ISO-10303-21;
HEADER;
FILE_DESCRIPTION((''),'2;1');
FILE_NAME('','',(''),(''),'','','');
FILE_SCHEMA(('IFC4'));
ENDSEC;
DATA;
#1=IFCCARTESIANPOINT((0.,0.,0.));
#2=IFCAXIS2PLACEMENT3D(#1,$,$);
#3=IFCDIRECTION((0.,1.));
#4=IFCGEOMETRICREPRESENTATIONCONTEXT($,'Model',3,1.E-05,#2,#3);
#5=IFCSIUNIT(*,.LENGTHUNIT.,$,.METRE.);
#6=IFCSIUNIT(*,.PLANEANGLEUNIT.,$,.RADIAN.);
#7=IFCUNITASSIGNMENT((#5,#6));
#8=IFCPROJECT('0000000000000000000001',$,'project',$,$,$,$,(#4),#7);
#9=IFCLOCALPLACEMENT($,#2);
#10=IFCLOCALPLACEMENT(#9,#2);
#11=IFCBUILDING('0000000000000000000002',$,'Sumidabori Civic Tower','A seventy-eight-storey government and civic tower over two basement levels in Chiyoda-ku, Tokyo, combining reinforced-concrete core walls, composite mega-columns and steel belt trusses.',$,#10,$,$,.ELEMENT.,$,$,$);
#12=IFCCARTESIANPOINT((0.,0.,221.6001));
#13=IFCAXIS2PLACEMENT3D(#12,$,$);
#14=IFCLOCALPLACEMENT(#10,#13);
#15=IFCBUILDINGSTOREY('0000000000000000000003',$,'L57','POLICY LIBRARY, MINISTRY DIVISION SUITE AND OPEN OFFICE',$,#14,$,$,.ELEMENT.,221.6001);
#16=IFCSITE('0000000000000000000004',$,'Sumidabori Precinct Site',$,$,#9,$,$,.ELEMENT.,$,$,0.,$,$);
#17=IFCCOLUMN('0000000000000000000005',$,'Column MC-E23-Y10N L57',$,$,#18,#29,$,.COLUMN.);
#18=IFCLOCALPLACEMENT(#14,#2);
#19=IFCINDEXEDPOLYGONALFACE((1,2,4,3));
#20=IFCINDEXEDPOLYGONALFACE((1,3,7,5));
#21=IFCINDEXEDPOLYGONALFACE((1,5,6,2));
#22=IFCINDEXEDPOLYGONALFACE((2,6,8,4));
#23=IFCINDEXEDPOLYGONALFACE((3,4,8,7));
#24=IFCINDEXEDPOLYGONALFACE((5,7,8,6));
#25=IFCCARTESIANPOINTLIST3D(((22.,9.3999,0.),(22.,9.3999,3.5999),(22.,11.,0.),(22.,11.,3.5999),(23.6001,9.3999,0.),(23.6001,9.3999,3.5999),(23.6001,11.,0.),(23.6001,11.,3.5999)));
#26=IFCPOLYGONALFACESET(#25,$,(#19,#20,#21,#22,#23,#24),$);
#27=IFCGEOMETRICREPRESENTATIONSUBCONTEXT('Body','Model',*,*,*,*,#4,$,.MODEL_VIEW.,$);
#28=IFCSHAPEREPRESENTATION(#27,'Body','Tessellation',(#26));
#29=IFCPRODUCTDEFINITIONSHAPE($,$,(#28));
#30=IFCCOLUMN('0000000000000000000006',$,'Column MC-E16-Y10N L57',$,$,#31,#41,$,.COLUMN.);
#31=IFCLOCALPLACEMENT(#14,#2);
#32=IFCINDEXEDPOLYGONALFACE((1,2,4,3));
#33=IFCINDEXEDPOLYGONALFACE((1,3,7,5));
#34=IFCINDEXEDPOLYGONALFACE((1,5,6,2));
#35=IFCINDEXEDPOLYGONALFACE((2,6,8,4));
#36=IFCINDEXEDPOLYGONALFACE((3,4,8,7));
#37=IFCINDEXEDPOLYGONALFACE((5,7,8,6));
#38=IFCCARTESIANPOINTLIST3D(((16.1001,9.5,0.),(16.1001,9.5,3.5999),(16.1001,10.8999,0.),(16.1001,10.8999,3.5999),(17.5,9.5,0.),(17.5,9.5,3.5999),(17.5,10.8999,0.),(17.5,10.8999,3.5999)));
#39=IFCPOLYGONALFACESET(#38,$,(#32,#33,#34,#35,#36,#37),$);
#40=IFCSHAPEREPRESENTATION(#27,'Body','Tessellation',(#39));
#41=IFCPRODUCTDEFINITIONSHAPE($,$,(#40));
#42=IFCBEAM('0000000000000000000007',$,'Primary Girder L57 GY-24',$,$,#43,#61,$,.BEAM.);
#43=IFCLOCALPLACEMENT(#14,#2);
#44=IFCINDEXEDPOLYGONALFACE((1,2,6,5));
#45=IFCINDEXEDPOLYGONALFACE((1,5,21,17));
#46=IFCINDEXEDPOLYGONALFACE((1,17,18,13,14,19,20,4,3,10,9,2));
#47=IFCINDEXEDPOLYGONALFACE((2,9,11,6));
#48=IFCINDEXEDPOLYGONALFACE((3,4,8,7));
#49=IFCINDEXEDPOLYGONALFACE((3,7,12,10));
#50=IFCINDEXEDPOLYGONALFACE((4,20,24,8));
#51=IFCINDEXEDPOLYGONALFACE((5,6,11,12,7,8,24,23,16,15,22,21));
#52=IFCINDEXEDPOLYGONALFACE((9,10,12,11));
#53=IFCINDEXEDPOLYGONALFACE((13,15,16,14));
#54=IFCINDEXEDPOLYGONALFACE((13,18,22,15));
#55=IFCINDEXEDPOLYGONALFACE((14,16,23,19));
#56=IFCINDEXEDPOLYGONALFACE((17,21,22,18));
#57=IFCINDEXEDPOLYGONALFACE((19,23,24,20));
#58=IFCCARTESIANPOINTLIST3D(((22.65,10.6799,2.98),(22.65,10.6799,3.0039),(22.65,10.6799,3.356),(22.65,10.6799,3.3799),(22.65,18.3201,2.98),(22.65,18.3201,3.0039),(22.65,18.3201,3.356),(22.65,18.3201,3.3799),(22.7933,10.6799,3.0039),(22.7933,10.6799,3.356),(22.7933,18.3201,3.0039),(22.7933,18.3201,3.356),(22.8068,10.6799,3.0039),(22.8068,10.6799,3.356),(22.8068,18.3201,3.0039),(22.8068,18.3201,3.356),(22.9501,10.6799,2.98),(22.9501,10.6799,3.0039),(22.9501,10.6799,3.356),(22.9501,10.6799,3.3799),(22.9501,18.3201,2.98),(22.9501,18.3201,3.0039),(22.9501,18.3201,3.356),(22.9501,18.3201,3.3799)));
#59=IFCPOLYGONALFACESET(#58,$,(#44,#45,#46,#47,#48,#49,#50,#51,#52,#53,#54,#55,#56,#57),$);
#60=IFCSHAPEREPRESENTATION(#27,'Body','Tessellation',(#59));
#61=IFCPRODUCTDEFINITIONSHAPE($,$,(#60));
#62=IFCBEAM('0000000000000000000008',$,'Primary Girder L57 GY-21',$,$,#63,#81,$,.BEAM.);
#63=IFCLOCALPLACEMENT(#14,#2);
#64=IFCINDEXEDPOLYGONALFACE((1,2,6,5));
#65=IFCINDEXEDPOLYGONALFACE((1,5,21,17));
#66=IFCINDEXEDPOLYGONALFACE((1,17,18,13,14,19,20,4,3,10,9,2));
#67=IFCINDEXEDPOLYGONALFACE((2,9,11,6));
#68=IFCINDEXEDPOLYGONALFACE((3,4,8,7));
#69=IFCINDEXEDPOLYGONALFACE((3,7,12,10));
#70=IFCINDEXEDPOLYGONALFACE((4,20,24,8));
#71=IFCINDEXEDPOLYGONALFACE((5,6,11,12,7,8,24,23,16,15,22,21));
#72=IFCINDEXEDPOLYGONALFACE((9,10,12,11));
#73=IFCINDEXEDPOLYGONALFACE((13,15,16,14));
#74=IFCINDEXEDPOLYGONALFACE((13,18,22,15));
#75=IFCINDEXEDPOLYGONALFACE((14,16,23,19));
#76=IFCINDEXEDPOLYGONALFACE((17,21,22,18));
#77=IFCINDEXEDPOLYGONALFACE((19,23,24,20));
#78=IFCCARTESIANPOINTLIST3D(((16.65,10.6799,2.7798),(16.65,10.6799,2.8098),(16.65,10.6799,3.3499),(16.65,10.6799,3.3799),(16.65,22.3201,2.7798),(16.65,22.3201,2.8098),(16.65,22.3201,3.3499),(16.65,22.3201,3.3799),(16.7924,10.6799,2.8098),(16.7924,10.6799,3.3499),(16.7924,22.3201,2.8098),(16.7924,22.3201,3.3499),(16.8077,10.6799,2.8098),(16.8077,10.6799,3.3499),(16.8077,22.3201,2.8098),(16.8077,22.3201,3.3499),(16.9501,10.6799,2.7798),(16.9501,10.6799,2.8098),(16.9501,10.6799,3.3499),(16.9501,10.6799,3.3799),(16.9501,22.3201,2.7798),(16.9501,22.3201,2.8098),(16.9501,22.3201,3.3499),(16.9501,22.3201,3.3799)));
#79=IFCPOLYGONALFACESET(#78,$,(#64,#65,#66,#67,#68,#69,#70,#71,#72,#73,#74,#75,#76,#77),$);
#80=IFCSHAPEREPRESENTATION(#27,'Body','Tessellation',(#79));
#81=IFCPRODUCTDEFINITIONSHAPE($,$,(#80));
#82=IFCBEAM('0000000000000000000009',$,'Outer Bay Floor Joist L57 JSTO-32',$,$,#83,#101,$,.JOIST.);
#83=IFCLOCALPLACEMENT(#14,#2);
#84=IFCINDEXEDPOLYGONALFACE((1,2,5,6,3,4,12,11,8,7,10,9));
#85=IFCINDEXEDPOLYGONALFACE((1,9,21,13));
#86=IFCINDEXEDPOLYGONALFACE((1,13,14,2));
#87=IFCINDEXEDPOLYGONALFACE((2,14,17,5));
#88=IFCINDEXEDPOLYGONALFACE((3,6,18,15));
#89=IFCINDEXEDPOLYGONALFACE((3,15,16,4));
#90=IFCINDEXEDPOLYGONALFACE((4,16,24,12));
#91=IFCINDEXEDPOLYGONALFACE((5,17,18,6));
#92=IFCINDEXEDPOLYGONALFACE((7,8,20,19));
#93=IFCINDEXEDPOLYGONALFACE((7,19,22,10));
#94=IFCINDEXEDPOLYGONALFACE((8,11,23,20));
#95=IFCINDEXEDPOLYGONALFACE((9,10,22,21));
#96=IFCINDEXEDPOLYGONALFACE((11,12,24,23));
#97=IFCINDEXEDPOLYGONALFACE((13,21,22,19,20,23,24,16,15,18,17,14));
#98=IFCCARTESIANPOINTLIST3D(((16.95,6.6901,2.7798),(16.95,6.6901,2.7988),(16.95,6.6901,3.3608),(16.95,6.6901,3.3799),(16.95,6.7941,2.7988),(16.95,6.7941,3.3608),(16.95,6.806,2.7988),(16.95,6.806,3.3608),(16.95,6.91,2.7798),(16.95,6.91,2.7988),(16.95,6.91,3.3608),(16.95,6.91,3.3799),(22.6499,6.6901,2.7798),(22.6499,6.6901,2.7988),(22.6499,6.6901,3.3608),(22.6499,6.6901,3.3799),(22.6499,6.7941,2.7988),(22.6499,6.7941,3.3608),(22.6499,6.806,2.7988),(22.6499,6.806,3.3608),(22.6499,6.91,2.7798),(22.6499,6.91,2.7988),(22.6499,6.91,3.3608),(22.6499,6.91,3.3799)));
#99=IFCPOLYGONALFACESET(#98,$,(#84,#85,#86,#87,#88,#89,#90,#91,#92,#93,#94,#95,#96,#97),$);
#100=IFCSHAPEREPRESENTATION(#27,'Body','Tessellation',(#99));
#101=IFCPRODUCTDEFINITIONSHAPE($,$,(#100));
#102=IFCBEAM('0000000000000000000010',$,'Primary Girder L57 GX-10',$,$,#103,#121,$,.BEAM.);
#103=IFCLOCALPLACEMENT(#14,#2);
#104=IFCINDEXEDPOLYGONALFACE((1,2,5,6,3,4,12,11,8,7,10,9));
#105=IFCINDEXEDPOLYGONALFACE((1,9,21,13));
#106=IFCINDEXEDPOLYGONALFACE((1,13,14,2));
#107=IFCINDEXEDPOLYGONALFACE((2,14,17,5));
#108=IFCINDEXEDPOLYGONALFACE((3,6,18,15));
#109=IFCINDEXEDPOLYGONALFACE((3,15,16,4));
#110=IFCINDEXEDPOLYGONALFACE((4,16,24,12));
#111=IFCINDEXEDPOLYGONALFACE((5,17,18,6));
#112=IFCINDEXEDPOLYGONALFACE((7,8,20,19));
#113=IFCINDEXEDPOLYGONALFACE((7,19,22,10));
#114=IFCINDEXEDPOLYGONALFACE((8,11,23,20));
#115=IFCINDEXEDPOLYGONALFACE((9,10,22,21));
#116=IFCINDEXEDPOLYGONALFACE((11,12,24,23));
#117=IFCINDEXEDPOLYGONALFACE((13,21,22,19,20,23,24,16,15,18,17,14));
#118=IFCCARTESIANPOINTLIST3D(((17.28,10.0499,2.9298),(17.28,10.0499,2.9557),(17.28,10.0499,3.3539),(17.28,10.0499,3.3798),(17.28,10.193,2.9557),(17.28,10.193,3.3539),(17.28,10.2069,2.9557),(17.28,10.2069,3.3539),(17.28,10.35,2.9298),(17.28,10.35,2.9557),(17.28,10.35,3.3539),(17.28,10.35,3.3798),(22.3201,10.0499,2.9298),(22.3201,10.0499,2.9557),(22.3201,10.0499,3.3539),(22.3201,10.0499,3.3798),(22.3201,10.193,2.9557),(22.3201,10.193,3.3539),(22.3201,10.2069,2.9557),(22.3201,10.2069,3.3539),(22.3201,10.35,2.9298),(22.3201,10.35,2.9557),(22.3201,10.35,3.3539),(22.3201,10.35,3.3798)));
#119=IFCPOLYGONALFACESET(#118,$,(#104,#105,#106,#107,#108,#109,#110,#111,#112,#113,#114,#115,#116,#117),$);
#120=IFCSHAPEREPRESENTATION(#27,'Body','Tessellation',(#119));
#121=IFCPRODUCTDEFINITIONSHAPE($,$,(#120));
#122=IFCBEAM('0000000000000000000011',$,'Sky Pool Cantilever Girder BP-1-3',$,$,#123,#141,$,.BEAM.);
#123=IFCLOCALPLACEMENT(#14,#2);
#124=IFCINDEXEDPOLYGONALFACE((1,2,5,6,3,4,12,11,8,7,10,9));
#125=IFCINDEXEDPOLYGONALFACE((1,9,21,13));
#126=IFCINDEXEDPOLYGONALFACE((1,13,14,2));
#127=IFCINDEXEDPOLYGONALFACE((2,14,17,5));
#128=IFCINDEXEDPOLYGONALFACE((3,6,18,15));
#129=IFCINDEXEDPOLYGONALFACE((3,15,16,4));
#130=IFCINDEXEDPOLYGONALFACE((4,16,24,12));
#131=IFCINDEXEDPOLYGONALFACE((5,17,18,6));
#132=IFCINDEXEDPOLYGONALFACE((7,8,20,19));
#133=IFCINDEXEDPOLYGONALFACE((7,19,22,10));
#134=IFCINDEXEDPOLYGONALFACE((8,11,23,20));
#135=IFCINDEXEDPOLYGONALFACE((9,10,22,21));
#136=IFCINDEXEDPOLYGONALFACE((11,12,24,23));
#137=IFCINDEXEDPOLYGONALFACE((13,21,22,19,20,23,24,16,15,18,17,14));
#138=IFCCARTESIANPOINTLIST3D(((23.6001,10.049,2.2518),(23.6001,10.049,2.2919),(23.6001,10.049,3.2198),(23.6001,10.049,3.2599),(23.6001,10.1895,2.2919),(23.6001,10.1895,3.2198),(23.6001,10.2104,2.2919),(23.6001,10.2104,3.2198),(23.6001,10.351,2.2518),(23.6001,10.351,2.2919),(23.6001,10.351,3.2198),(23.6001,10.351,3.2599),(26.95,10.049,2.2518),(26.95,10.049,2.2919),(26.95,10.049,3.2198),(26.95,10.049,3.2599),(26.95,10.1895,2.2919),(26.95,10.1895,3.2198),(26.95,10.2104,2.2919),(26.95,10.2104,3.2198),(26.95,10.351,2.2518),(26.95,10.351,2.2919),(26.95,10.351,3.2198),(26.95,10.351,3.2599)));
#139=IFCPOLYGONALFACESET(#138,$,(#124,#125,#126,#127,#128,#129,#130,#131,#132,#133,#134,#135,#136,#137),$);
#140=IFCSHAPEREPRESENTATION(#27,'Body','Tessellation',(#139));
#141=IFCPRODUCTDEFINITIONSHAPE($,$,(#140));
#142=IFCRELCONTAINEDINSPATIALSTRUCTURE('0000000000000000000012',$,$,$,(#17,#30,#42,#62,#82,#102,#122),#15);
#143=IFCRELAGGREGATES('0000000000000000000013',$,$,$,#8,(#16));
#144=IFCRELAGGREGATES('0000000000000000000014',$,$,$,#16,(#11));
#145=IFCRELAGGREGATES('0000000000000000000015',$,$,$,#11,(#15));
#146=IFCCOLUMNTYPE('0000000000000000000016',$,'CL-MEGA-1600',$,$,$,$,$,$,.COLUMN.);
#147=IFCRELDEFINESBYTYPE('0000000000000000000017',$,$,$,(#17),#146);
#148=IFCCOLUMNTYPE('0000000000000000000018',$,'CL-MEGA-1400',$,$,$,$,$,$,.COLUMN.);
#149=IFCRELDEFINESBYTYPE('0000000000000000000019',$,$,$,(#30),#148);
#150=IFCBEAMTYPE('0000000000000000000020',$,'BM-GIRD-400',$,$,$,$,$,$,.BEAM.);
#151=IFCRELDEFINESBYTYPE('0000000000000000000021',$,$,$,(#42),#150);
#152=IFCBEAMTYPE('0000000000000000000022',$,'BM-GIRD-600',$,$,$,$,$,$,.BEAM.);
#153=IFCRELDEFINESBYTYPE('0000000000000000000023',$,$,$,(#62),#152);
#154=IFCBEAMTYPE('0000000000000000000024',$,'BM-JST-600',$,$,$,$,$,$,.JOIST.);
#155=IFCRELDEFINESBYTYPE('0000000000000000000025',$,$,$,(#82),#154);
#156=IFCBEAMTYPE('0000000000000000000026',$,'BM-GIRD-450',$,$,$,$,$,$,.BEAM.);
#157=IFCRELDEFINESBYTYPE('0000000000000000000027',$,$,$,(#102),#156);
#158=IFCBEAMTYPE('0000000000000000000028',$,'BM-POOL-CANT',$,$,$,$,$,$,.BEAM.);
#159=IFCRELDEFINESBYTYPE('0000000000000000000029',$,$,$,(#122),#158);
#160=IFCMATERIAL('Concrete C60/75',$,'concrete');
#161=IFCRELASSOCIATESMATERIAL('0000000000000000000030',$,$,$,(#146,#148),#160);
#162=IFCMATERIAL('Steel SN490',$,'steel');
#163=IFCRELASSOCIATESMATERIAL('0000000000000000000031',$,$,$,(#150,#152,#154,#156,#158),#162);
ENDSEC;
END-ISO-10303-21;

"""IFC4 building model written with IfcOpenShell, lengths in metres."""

from ifc_helpers import new_model, si_unit, direction, frame, origin, origin_2d, place, context, subcontext, project, spatial, rectangle, i_section, extrude, source, transform, mapped, material, material_profile, profile_set, type_object, element, save


model = new_model("IFC4")

# Units and contexts
model_context = context("Model", 3, precision=1e-05, world=origin(), true_north=direction((0.0, 1.0)))
body_context = subcontext(model_context, "Body", "Model", "MODEL_VIEW")
ifc_project = project(units=[si_unit("LENGTHUNIT", "METRE"), si_unit("PLANEANGLEUNIT", "RADIAN")], contexts=[model_context])

# Site, building, storey
site_placement = place(None, origin())
site = spatial("IfcSite", under=ifc_project, at=site_placement, Name="Sumidabori Precinct Site", CompositionType="ELEMENT", RefElevation=0.0)
building_placement = place(site_placement, origin())
building = spatial("IfcBuilding", under=site, at=building_placement, Name="Sumidabori Civic Tower", Description="A seventy-eight-storey government and civic tower over two basement levels in Chiyoda-ku, Tokyo, combining reinforced-concrete core walls, composite mega-columns and steel belt trusses.", CompositionType="ELEMENT")
storey_placement = place(building_placement, frame((0.0, 0.0, 221.6001)))
storey = spatial("IfcBuildingStorey", under=building, at=storey_placement, Name="L57", Description="POLICY LIBRARY, MINISTRY DIVISION SUITE AND OPEN OFFICE", CompositionType="ELEMENT", Elevation=221.6001)

# Columns
ifc_material_1 = material(Name="Concrete C60/75", Category="concrete")
ifc_material_profile_1 = material_profile(ifc_material_1, rectangle(XDim=1.6001, YDim=1.6001, at=origin_2d()), Name="RC 1600x1600")
ifc_profile_set_1 = profile_set([ifc_material_profile_1], Name="Concrete C60/75")
column_type_1 = type_object("IfcColumnType", Name="CL-MEGA-1600", PredefinedType="COLUMN", material=ifc_profile_set_1)
shared_shape_1 = source(origin(), body_context, "Body", "SweptSolid", [
    extrude(rectangle(XDim=1.6001, YDim=1.6001, at=origin_2d()), origin(), (0.0, 0.0, 1.0), 3.5999),
])
column_1_placement = place(storey_placement, frame((22.8, 10.2, 0.0), z_axis=(0.0, 0.0, 1.0), x_axis=(1.0, 0.0, 0.0)))
element("IfcColumn", 1, at=column_1_placement, inside=storey, type_object=column_type_1, Name="Column MC-E23-Y10N L57", PredefinedType="COLUMN", context=body_context, shape_type="MappedRepresentation", body=[
    mapped(shared_shape_1, transform((0.0, 0.0, 0.0), x_axis=(1.0, 0.0, 0.0), y_axis=(0.0, 1.0, 0.0), z_axis=(0.0, 0.0, 1.0), scale=1.0)),
])
ifc_material_profile_2 = material_profile(ifc_material_1, rectangle(XDim=1.3999, YDim=1.3999, at=origin_2d()), Name="RC 1400x1400")
ifc_profile_set_2 = profile_set([ifc_material_profile_2], Name="Concrete C60/75")
column_type_2 = type_object("IfcColumnType", Name="CL-MEGA-1400", PredefinedType="COLUMN", material=ifc_profile_set_2)
shared_shape_2 = source(origin(), body_context, "Body", "SweptSolid", [
    extrude(rectangle(XDim=1.3999, YDim=1.3999, at=origin_2d()), origin(), (0.0, 0.0, 1.0), 3.5999),
])
column_2_placement = place(storey_placement, frame((16.8, 10.2, 0.0), z_axis=(0.0, 0.0, 1.0), x_axis=(1.0, 0.0, 0.0)))
element("IfcColumn", 2, at=column_2_placement, inside=storey, type_object=column_type_2, Name="Column MC-E16-Y10N L57", PredefinedType="COLUMN", context=body_context, shape_type="MappedRepresentation", body=[
    mapped(shared_shape_2, transform((0.0, 0.0, 0.0), x_axis=(1.0, 0.0, 0.0), y_axis=(0.0, 1.0, 0.0), z_axis=(0.0, 0.0, 1.0), scale=1.0)),
])

# Beams
ifc_material_2 = material(Name="Steel SN490", Category="steel")
ifc_material_profile_3 = material_profile(ifc_material_2, i_section(OverallWidth=0.3, OverallDepth=0.3999, WebThickness=0.0134, FlangeThickness=0.0239, at=origin_2d()), Name="HE 400 B")
ifc_profile_set_3 = profile_set([ifc_material_profile_3], Name="Steel SN490")
beam_type_1 = type_object("IfcBeamType", Name="BM-GIRD-400", PredefinedType="BEAM", material=ifc_profile_set_3)
shared_shape_3 = source(origin(), body_context, "Body", "SweptSolid", [
    extrude(i_section(OverallWidth=0.3, OverallDepth=0.3999, WebThickness=0.0134, FlangeThickness=0.0239, at=origin_2d()), origin(), (0.0, 0.0, 1.0), 7.6401),
])
beam_1_placement = place(storey_placement, frame((22.8, 10.6799, 3.1799), z_axis=(0.0, 1.0, 0.0), x_axis=(-1.0, 0.0, 0.0)))
element("IfcBeam", 3, at=beam_1_placement, inside=storey, type_object=beam_type_1, Name="Primary Girder L57 GY-24", PredefinedType="BEAM", context=body_context, shape_type="MappedRepresentation", body=[
    mapped(shared_shape_3, transform((0.0, 0.0, 0.0), x_axis=(1.0, 0.0, 0.0), y_axis=(0.0, 1.0, 0.0), z_axis=(0.0, 0.0, 1.0), scale=1.0)),
])
ifc_material_profile_4 = material_profile(ifc_material_2, i_section(OverallWidth=0.3, OverallDepth=0.6001, WebThickness=0.0154, FlangeThickness=0.03, at=origin_2d()), Name="HE 600 B")
ifc_profile_set_4 = profile_set([ifc_material_profile_4], Name="Steel SN490")
beam_type_2 = type_object("IfcBeamType", Name="BM-GIRD-600", PredefinedType="BEAM", material=ifc_profile_set_4)
shared_shape_4 = source(origin(), body_context, "Body", "SweptSolid", [
    extrude(i_section(OverallWidth=0.3, OverallDepth=0.6001, WebThickness=0.0154, FlangeThickness=0.03, at=origin_2d()), origin(), (0.0, 0.0, 1.0), 11.6401),
])
beam_2_placement = place(storey_placement, frame((16.8, 10.6799, 3.0798), z_axis=(0.0, 1.0, 0.0), x_axis=(-1.0, 0.0, 0.0)))
element("IfcBeam", 4, at=beam_2_placement, inside=storey, type_object=beam_type_2, Name="Primary Girder L57 GY-21", PredefinedType="BEAM", context=body_context, shape_type="MappedRepresentation", body=[
    mapped(shared_shape_4, transform((0.0, 0.0, 0.0), x_axis=(1.0, 0.0, 0.0), y_axis=(0.0, 1.0, 0.0), z_axis=(0.0, 0.0, 1.0), scale=1.0)),
])
ifc_material_profile_5 = material_profile(ifc_material_2, i_section(OverallWidth=0.22, OverallDepth=0.6001, WebThickness=0.012, FlangeThickness=0.019, at=origin_2d()), Name="IPE 600")
ifc_profile_set_5 = profile_set([ifc_material_profile_5], Name="Steel SN490")
beam_type_3 = type_object("IfcBeamType", Name="BM-JST-600", PredefinedType="JOIST", material=ifc_profile_set_5)
shared_shape_5 = source(origin(), body_context, "Body", "SweptSolid", [
    extrude(i_section(OverallWidth=0.22, OverallDepth=0.6001, WebThickness=0.012, FlangeThickness=0.019, at=origin_2d()), origin(), (0.0, 0.0, 1.0), 5.7),
])
beam_3_placement = place(storey_placement, frame((16.95, 6.8, 3.0798), z_axis=(1.0, 0.0, 0.0), x_axis=(0.0, 1.0, 0.0)))
element("IfcBeam", 5, at=beam_3_placement, inside=storey, type_object=beam_type_3, Name="Outer Bay Floor Joist L57 JSTO-32", PredefinedType="JOIST", context=body_context, shape_type="MappedRepresentation", body=[
    mapped(shared_shape_5, transform((0.0, 0.0, 0.0), x_axis=(1.0, 0.0, 0.0), y_axis=(0.0, 1.0, 0.0), z_axis=(0.0, 0.0, 1.0), scale=1.0)),
])
ifc_material_profile_6 = material_profile(ifc_material_2, i_section(OverallWidth=0.3, OverallDepth=0.45, WebThickness=0.0139, FlangeThickness=0.0259, at=origin_2d()), Name="HE 450 B")
ifc_profile_set_6 = profile_set([ifc_material_profile_6], Name="Steel SN490")
beam_type_4 = type_object("IfcBeamType", Name="BM-GIRD-450", PredefinedType="BEAM", material=ifc_profile_set_6)
shared_shape_6 = source(origin(), body_context, "Body", "SweptSolid", [
    extrude(i_section(OverallWidth=0.3, OverallDepth=0.45, WebThickness=0.0139, FlangeThickness=0.0259, at=origin_2d()), origin(), (0.0, 0.0, 1.0), 5.04),
])
beam_4_placement = place(storey_placement, frame((17.28, 10.2, 3.1548), z_axis=(1.0, 0.0, 0.0), x_axis=(0.0, 1.0, 0.0)))
element("IfcBeam", 6, at=beam_4_placement, inside=storey, type_object=beam_type_4, Name="Primary Girder L57 GX-10", PredefinedType="BEAM", context=body_context, shape_type="MappedRepresentation", body=[
    mapped(shared_shape_6, transform((0.0, 0.0, 0.0), x_axis=(1.0, 0.0, 0.0), y_axis=(0.0, 1.0, 0.0), z_axis=(0.0, 0.0, 1.0), scale=1.0)),
])
ifc_material_profile_7 = material_profile(ifc_material_2, i_section(OverallWidth=0.302, OverallDepth=1.0081, WebThickness=0.021, FlangeThickness=0.04, at=origin_2d()), Name="HE 1000 M")
ifc_profile_set_7 = profile_set([ifc_material_profile_7], Name="Steel SN490")
beam_type_5 = type_object("IfcBeamType", Name="BM-POOL-CANT", PredefinedType="BEAM", material=ifc_profile_set_7)
shared_shape_7 = source(origin(), body_context, "Body", "SweptSolid", [
    extrude(i_section(OverallWidth=0.302, OverallDepth=1.0081, WebThickness=0.021, FlangeThickness=0.04, at=origin_2d()), origin(), (0.0, 0.0, 1.0), 3.3499),
])
beam_5_placement = place(storey_placement, frame((23.6001, 10.2, 2.7559), z_axis=(1.0, 0.0, 0.0), x_axis=(0.0, 1.0, 0.0)))
element("IfcBeam", 7, at=beam_5_placement, inside=storey, type_object=beam_type_5, Name="Sky Pool Cantilever Girder BP-1-3", PredefinedType="BEAM", context=body_context, shape_type="MappedRepresentation", body=[
    mapped(shared_shape_7, transform((0.0, 0.0, 0.0), x_axis=(1.0, 0.0, 0.0), y_axis=(0.0, 1.0, 0.0), z_axis=(0.0, 0.0, 1.0), scale=1.0)),
])

save(model, "model.ifc")
